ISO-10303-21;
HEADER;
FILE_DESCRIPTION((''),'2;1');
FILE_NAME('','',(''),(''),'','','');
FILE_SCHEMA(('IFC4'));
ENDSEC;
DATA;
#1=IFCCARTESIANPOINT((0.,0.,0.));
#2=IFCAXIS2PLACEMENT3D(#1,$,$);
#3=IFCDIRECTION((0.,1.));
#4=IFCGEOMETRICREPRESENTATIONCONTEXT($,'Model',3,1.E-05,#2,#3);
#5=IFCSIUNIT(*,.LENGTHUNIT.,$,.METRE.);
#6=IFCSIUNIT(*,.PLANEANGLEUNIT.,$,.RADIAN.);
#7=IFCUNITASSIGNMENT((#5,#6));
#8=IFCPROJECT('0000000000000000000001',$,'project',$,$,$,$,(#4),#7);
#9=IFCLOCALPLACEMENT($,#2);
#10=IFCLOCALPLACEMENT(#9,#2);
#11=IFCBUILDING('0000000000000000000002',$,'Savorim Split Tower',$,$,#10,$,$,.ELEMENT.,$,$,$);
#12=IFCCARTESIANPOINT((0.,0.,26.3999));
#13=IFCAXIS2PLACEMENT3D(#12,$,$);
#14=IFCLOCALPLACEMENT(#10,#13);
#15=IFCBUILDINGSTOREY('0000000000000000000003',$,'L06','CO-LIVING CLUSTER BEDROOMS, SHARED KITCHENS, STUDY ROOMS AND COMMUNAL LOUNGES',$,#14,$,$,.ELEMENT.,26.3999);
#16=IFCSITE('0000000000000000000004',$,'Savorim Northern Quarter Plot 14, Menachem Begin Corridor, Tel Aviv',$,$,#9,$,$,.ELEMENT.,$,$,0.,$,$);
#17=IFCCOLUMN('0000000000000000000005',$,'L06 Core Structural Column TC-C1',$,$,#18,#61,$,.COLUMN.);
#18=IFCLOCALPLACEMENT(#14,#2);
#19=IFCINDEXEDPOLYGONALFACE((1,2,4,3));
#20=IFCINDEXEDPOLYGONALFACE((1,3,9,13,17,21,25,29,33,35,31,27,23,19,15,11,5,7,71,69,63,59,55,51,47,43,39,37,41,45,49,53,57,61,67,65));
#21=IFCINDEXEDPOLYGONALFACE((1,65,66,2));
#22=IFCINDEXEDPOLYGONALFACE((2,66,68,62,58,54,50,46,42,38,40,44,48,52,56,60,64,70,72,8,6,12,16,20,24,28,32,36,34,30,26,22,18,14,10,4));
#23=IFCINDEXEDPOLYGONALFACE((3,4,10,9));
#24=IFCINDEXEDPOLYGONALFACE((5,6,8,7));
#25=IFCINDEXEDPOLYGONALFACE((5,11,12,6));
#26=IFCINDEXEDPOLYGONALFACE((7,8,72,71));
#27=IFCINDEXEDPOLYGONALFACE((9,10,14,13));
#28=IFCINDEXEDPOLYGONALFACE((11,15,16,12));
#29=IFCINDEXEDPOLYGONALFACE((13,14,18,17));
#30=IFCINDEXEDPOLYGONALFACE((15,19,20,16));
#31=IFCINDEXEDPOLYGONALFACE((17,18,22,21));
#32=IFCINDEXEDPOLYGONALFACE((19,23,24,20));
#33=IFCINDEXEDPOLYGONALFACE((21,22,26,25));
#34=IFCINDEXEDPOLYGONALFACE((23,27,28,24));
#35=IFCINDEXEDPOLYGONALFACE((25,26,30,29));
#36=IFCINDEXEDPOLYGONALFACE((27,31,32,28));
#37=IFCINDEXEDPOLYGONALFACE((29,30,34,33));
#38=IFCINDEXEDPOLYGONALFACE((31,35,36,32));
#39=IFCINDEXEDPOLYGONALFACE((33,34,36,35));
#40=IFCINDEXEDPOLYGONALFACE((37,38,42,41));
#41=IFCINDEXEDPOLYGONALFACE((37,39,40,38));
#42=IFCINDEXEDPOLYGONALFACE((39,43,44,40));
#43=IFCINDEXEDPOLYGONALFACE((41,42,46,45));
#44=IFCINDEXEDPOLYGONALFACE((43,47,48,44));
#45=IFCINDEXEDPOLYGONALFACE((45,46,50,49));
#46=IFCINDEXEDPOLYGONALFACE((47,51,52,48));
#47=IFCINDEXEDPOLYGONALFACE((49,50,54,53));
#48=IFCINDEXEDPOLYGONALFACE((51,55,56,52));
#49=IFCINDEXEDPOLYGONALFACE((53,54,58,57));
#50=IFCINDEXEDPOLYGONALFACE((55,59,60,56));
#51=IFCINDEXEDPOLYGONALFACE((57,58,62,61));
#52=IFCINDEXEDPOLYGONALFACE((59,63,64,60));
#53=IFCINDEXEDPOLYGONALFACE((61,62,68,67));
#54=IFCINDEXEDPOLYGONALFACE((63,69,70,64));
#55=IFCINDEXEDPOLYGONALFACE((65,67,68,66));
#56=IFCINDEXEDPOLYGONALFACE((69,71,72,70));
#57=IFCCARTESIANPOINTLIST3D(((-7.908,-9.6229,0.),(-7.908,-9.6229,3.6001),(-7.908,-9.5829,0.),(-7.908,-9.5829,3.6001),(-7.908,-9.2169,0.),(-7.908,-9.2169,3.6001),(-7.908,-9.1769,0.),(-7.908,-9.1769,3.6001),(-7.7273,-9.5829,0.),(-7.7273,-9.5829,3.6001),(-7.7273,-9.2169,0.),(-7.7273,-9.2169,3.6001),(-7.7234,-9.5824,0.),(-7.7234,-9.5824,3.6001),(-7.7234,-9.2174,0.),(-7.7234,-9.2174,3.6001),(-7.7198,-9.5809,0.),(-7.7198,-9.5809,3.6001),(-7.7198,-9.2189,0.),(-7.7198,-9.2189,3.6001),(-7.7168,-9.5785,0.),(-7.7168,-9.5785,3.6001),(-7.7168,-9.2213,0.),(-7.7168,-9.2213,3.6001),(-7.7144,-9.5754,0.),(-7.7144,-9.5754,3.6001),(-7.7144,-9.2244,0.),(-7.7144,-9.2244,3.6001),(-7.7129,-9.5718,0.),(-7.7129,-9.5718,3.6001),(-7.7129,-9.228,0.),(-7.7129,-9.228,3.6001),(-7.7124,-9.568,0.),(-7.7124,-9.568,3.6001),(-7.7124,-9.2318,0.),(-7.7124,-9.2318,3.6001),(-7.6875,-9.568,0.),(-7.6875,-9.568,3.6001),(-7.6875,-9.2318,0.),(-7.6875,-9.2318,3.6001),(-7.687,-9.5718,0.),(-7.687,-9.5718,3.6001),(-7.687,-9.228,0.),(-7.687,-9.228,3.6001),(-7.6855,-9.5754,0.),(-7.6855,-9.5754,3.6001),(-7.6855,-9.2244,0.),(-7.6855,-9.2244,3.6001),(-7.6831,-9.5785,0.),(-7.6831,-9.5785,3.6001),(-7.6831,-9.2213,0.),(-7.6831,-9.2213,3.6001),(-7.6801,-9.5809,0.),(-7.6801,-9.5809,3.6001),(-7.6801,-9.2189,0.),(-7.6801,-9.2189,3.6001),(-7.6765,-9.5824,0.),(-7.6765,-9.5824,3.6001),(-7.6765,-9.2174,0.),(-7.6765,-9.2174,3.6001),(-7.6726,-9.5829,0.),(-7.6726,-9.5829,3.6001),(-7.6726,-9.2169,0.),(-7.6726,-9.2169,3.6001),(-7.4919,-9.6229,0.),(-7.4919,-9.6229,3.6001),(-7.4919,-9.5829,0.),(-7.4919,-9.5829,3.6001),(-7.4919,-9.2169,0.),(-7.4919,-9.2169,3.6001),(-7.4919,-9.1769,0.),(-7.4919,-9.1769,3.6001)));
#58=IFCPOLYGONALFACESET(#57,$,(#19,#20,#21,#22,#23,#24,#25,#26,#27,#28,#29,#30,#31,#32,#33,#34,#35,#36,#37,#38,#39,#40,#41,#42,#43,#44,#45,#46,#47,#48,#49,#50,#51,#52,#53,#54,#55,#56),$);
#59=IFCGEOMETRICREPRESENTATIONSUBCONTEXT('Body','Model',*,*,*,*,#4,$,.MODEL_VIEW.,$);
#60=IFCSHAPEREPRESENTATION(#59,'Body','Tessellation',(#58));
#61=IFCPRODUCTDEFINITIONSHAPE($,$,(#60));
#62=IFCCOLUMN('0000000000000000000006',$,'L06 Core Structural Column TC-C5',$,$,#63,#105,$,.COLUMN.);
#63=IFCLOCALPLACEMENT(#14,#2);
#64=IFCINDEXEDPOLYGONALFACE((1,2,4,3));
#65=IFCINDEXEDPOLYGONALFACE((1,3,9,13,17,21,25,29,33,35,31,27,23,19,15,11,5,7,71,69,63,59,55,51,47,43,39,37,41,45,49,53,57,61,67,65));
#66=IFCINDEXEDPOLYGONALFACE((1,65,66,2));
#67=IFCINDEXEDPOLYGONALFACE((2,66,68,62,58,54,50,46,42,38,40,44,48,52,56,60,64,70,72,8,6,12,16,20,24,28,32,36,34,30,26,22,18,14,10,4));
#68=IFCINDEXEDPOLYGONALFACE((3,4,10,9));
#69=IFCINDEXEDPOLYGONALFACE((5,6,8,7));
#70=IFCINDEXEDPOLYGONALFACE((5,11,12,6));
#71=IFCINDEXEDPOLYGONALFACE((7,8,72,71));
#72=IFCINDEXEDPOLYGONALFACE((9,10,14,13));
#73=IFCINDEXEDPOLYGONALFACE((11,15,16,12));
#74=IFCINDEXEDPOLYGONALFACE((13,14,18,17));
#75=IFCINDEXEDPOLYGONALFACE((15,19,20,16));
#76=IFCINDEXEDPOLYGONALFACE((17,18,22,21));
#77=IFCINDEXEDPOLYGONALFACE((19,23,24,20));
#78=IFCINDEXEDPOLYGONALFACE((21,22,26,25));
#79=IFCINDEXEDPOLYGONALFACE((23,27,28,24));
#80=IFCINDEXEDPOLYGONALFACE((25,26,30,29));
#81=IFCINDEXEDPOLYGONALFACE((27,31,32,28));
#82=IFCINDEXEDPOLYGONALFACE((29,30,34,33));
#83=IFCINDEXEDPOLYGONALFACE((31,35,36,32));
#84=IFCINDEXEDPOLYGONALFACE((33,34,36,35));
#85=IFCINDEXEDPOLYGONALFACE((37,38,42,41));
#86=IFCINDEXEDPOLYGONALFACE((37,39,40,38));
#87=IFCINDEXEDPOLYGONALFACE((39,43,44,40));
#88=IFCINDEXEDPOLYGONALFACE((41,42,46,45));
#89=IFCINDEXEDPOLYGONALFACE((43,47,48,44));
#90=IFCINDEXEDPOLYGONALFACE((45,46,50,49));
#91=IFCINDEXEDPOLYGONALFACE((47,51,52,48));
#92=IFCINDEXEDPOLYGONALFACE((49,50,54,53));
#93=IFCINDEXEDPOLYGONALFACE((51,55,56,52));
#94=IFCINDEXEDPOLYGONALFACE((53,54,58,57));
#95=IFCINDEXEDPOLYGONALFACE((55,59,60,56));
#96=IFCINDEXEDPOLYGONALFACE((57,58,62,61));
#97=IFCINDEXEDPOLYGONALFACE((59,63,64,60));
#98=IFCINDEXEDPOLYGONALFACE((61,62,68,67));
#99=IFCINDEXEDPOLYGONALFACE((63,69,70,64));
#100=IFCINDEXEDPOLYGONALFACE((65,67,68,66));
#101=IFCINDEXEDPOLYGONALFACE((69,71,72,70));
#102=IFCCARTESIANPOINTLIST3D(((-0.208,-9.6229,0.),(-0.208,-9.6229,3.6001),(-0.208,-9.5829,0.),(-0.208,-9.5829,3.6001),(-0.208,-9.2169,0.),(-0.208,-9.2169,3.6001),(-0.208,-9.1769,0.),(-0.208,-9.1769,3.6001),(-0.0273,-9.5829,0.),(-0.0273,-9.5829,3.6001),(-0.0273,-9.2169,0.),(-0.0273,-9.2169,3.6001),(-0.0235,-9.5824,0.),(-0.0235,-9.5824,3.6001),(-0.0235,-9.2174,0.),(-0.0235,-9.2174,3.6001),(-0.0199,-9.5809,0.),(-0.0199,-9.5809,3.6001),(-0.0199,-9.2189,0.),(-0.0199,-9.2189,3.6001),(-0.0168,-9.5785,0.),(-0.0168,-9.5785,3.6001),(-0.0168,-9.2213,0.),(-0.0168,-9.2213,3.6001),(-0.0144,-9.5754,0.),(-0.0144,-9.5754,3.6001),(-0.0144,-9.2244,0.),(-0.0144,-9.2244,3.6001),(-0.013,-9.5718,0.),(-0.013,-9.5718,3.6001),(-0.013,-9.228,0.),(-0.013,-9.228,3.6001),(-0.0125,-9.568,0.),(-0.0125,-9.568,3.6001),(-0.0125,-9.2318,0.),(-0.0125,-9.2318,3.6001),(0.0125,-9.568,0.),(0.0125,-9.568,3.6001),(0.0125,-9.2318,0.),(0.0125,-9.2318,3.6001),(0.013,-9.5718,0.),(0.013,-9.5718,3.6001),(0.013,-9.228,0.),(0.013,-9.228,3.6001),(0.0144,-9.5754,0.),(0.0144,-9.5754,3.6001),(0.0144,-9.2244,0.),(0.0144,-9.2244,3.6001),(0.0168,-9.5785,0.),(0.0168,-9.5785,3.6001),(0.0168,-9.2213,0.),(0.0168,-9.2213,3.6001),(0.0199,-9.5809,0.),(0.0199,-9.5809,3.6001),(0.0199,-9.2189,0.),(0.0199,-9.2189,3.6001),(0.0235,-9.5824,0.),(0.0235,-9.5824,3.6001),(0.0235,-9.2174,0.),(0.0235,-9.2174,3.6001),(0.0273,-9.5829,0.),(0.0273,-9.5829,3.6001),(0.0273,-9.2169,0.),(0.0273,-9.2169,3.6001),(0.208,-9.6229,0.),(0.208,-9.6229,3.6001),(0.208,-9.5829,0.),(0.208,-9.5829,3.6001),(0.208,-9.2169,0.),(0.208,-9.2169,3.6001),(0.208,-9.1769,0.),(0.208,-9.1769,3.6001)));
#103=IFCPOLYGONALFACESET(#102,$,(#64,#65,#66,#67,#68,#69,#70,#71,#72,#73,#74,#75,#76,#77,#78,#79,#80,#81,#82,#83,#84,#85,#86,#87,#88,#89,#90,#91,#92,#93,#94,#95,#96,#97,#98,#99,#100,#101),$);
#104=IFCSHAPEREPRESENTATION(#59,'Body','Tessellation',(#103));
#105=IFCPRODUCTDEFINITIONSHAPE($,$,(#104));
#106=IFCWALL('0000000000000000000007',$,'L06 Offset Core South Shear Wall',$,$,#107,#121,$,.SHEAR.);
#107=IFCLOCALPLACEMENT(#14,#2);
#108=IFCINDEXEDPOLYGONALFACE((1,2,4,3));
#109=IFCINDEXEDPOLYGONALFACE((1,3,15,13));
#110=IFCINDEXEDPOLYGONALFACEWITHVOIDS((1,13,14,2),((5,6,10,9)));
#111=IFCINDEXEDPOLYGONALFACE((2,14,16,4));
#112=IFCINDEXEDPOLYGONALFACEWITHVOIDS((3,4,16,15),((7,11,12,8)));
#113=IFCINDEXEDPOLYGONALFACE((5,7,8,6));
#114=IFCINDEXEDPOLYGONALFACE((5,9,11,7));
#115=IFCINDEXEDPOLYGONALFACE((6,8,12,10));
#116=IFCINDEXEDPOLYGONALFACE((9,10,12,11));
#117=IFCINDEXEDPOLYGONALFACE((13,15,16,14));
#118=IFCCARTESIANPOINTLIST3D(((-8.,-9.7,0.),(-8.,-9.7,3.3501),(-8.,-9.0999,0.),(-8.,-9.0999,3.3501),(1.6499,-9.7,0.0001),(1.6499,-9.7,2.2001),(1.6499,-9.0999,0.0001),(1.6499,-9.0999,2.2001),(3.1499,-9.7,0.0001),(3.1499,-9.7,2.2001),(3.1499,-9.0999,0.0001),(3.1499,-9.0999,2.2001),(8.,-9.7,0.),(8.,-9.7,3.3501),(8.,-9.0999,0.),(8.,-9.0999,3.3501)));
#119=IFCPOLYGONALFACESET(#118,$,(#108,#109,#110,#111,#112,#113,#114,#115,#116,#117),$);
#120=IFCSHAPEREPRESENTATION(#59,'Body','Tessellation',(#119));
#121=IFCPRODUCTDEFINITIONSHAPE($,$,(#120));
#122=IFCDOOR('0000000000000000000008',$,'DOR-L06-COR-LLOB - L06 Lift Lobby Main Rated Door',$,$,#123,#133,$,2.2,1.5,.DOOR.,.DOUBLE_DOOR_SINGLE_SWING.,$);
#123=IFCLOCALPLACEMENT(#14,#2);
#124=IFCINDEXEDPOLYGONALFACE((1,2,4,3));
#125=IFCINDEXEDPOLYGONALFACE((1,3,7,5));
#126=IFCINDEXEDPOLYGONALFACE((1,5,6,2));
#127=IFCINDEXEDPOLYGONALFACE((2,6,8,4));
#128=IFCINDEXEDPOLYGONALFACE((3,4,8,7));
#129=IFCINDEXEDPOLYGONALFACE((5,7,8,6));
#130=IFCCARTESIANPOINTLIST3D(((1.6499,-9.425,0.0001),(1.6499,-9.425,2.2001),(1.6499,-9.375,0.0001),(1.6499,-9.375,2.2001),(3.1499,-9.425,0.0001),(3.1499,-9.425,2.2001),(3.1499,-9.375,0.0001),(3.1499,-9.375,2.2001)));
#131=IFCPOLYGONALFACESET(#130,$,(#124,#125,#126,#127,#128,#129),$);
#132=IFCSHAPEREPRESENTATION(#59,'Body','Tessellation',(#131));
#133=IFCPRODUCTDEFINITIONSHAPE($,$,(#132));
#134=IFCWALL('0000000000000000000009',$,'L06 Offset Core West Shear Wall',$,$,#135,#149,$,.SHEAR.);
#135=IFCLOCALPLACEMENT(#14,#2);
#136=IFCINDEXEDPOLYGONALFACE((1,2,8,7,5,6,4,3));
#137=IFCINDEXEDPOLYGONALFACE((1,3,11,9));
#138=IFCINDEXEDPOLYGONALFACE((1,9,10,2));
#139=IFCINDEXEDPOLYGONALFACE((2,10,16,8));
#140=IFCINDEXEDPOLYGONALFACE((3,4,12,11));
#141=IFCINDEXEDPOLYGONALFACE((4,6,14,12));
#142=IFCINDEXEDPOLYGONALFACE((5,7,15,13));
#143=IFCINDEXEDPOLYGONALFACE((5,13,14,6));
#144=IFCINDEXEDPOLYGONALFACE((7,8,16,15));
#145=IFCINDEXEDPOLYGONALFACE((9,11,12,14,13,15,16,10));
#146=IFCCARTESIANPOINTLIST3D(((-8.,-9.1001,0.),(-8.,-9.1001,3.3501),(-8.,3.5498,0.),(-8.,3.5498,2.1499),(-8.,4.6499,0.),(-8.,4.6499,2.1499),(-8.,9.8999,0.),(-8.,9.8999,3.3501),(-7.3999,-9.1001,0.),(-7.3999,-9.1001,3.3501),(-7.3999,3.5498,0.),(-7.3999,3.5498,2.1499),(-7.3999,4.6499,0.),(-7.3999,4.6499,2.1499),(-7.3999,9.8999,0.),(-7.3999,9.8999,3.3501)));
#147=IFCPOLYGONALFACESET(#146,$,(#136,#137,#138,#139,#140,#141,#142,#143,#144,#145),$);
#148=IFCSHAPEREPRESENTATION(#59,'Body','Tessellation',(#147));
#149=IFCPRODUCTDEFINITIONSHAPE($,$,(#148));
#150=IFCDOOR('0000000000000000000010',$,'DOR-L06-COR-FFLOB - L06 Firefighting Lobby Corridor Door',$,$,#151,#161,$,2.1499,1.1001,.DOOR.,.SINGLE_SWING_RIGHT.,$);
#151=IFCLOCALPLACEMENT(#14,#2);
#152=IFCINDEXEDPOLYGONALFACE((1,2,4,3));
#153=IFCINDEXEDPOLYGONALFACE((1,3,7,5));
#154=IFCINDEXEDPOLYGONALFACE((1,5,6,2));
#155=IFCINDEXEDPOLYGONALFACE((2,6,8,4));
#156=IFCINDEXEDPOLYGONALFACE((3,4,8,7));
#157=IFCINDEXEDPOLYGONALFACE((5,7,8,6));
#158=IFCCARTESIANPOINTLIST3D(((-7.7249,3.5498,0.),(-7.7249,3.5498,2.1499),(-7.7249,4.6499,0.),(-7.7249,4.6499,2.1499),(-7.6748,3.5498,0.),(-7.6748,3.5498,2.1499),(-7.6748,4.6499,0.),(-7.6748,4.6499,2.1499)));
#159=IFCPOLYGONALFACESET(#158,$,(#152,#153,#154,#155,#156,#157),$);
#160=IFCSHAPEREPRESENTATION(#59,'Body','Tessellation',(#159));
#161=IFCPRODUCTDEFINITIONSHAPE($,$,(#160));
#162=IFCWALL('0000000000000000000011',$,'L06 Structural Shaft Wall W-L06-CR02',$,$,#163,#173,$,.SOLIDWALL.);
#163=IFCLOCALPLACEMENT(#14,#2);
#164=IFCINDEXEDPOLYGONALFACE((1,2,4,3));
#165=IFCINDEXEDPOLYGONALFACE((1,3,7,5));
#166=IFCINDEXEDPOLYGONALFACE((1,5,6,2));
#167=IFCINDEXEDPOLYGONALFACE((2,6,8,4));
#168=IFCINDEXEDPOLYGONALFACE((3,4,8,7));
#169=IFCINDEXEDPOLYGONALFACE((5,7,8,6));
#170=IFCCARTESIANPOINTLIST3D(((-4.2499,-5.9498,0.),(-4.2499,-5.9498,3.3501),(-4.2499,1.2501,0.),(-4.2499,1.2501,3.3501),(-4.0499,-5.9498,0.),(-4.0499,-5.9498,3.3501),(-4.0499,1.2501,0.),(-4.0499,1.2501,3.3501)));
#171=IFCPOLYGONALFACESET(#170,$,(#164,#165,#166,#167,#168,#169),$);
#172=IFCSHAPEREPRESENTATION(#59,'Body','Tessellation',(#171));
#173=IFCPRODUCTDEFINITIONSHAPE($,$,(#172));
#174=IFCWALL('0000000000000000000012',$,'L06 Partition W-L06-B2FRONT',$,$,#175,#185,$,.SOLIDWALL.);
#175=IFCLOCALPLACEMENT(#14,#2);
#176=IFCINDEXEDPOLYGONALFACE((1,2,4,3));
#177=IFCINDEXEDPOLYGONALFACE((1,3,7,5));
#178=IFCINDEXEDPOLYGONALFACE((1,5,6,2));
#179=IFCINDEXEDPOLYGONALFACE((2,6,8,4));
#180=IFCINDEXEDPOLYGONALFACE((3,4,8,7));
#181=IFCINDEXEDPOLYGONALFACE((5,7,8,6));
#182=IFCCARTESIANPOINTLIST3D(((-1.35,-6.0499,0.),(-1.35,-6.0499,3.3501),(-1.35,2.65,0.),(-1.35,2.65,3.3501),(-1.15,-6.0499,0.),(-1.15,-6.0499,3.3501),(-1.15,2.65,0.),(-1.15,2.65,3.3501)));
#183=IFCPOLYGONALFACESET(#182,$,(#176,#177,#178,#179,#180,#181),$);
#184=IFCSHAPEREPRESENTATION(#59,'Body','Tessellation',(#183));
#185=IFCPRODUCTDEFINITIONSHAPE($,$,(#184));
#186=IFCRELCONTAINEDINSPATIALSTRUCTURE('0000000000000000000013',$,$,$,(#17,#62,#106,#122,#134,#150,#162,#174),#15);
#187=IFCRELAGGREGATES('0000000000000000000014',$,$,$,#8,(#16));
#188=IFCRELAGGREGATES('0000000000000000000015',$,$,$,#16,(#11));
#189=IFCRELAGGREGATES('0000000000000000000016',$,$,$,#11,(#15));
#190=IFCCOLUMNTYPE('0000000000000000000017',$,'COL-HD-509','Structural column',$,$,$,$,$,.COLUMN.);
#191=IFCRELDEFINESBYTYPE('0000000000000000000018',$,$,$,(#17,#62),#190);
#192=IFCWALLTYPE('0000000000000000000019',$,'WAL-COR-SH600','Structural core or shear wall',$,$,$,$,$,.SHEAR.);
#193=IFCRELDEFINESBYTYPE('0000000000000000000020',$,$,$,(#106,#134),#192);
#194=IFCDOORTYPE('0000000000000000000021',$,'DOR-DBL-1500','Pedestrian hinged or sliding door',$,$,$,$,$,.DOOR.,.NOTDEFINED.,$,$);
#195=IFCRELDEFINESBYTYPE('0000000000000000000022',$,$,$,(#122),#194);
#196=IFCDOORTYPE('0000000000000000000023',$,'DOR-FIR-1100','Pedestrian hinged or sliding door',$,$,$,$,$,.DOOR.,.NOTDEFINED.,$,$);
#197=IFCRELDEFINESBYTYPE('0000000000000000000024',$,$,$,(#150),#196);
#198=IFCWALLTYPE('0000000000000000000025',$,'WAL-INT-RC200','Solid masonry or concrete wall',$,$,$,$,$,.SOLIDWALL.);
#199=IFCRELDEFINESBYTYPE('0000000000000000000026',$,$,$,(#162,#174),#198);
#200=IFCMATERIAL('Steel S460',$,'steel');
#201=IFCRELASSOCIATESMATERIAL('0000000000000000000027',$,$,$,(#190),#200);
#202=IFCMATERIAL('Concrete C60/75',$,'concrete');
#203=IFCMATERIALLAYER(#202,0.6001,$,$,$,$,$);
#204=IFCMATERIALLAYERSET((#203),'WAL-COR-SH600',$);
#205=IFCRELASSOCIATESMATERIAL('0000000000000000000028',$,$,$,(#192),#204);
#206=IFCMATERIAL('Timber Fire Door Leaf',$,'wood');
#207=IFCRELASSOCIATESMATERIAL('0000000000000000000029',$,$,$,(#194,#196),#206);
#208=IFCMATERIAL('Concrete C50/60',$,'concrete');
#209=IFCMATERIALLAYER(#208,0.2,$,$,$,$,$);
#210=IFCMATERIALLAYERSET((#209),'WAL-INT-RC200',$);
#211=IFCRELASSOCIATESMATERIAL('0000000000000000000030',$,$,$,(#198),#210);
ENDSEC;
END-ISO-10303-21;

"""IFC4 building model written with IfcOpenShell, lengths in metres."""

from ifc_helpers import new_model, si_unit, direction, frame, frame_2d, origin, origin_2d, place, context, subcontext, project, spatial, rectangle, i_section, extrude, material, layer, layer_set, material_profile, profile_set, type_object, element, fill, save


model = new_model("IFC4")

# Units and contexts
model_context = context("Model", 3, precision=1e-05, world=origin(), true_north=direction((0.0, 1.0)))
body_context = subcontext(model_context, "Body", "Model", "MODEL_VIEW")
ifc_project = project(units=[si_unit("LENGTHUNIT", "METRE"), si_unit("PLANEANGLEUNIT", "RADIAN")], contexts=[model_context])

# Site, building, storey
site_placement = place(None, origin())
site = spatial("IfcSite", under=ifc_project, at=site_placement, Name="Savorim Northern Quarter Plot 14, Menachem Begin Corridor, Tel Aviv", CompositionType="ELEMENT", RefElevation=0.0)
building_placement = place(site_placement, origin())
building = spatial("IfcBuilding", under=site, at=building_placement, Name="Savorim Split Tower", CompositionType="ELEMENT")
storey_placement = place(building_placement, frame((0.0, 0.0, 26.3999)))
storey = spatial("IfcBuildingStorey", under=building, at=storey_placement, Name="L06", Description="CO-LIVING CLUSTER BEDROOMS, SHARED KITCHENS, STUDY ROOMS AND COMMUNAL LOUNGES", CompositionType="ELEMENT", Elevation=26.3999)

# Columns
ifc_material_1 = material(Name="Steel S460", Category="steel")
ifc_material_profile = material_profile(ifc_material_1, i_section(OverallWidth=0.416, OverallDepth=0.446, WebThickness=0.0249, FlangeThickness=0.04, FilletRadius=0.0149, at=origin_2d()), Name="HD 400x509")
ifc_profile_set = profile_set([ifc_material_profile], Name="Steel S460")
column_type = type_object("IfcColumnType", Name="COL-HD-509", Description="Structural column", PredefinedType="COLUMN", material=ifc_profile_set)
for number, where, z_axis, x_axis, name in (
    (1, (-7.7, -9.3999, 0.0), (0.0, 0.0, 1.0), (1.0, 0.0, 0.0), "L06 Core Structural Column TC-C1"),
    (2, (0.0, -9.3999, 0.0), (0.0, 0.0, 1.0), (1.0, 0.0, 0.0), "L06 Core Structural Column TC-C5"),
):
    element("IfcColumn", number, at=place(storey_placement, frame(where, z_axis=z_axis, x_axis=x_axis)), inside=storey, type_object=column_type, Name=name, PredefinedType="COLUMN", context=body_context, shape_type="SweptSolid", body=[
        extrude(i_section(OverallWidth=0.416, OverallDepth=0.446, WebThickness=0.0249, FlangeThickness=0.04, FilletRadius=0.0149, at=origin_2d()), origin(), (0.0, 0.0, 1.0), 3.6001),
    ])

# Walls, openings, doors
ifc_material_2 = material(Name="Concrete C60/75", Category="concrete")
ifc_layer_1 = layer(ifc_material_2, 0.6001)
ifc_layer_set_1 = layer_set([ifc_layer_1], Name="WAL-COR-SH600")
wall_type_1 = type_object("IfcWallType", Name="WAL-COR-SH600", Description="Structural core or shear wall", PredefinedType="SHEAR", material=ifc_layer_set_1)
wall_1_placement = place(storey_placement, frame((-8.0, -9.3999, 0.0), z_axis=(0.0, 0.0, 1.0), x_axis=(1.0, 0.0, 0.0)))
wall_1 = element("IfcWall", 3, at=wall_1_placement, inside=storey, type_object=wall_type_1, Name="L06 Offset Core South Shear Wall", PredefinedType="SHEAR", context=body_context, shape_type="SweptSolid", body=[
    extrude(rectangle(XDim=16.0, YDim=0.6001, at=frame_2d((8.0, 0.0))), origin(), (0.0, 0.0, 1.0), 3.3501),
])
opening_1_placement = place(wall_1_placement, frame((9.6499, 0.0, 0.0)))
opening_1 = element("IfcOpeningElement", 4, at=opening_1_placement, cuts=wall_1, PredefinedType="OPENING", context=body_context, shape_type="SweptSolid", body=[
    extrude(rectangle(XDim=1.5, YDim=2.2, at=frame_2d((0.75, 1.1001))), frame((0.0, 0.3101, 0.0), z_axis=(0.0, -1.0, 0.0), x_axis=(1.0, 0.0, 0.0)), (0.0, 0.0, 1.0), 0.6201),
])
ifc_material_3 = material(Name="Timber Fire Door Leaf", Category="wood")
door_type_1 = type_object("IfcDoorType", Name="DOR-DBL-1500", Description="Pedestrian hinged or sliding door", OperationType="NOTDEFINED", PredefinedType="DOOR", material=ifc_material_3)
door_1_placement = place(opening_1_placement, origin())
door_1 = element("IfcDoor", 5, at=door_1_placement, inside=storey, type_object=door_type_1, Name="DOR-L06-COR-LLOB - L06 Lift Lobby Main Rated Door", OperationType="DOUBLE_DOOR_SINGLE_SWING", OverallHeight=2.2, OverallWidth=1.5, PredefinedType="DOOR", context=body_context, shape_type="SweptSolid", body=[
    extrude(rectangle(XDim=1.5, YDim=2.2, at=frame_2d((0.75, 1.1001))), frame((0.0, 0.0249, 0.0), z_axis=(0.0, -1.0, 0.0), x_axis=(1.0, 0.0, 0.0)), (0.0, 0.0, 1.0), 0.05),
])
fill(opening_1, door_1)
wall_2_placement = place(storey_placement, frame((-7.7, -9.1001, 0.0), z_axis=(0.0, 0.0, 1.0), x_axis=(0.0, 1.0, 0.0)))
wall_2 = element("IfcWall", 6, at=wall_2_placement, inside=storey, type_object=wall_type_1, Name="L06 Offset Core West Shear Wall", PredefinedType="SHEAR", context=body_context, shape_type="SweptSolid", body=[
    extrude(rectangle(XDim=19.0, YDim=0.6001, at=frame_2d((9.5, 0.0))), origin(), (0.0, 0.0, 1.0), 3.3501),
])
opening_2_placement = place(wall_2_placement, frame((12.6499, 0.0, 0.0)))
opening_2 = element("IfcOpeningElement", 7, at=opening_2_placement, cuts=wall_2, PredefinedType="OPENING", context=body_context, shape_type="SweptSolid", body=[
    extrude(rectangle(XDim=1.1001, YDim=2.1499, at=frame_2d((0.55, 1.075))), frame((0.0, 0.3101, 0.0), z_axis=(0.0, -1.0, 0.0), x_axis=(1.0, 0.0, 0.0)), (0.0, 0.0, 1.0), 0.6201),
])
door_type_2 = type_object("IfcDoorType", Name="DOR-FIR-1100", Description="Pedestrian hinged or sliding door", OperationType="NOTDEFINED", PredefinedType="DOOR", material=ifc_material_3)
door_2_placement = place(opening_2_placement, origin())
door_2 = element("IfcDoor", 8, at=door_2_placement, inside=storey, type_object=door_type_2, Name="DOR-L06-COR-FFLOB - L06 Firefighting Lobby Corridor Door", OperationType="SINGLE_SWING_RIGHT", OverallHeight=2.1499, OverallWidth=1.1001, PredefinedType="DOOR", context=body_context, shape_type="SweptSolid", body=[
    extrude(rectangle(XDim=1.1001, YDim=2.1499, at=frame_2d((0.55, 1.075))), frame((0.0, 0.0249, 0.0), z_axis=(0.0, -1.0, 0.0), x_axis=(1.0, 0.0, 0.0)), (0.0, 0.0, 1.0), 0.05),
])
fill(opening_2, door_2)

# Walls
ifc_material_4 = material(Name="Concrete C50/60", Category="concrete")
ifc_layer_2 = layer(ifc_material_4, 0.2)
ifc_layer_set_2 = layer_set([ifc_layer_2], Name="WAL-INT-RC200")
wall_type_2 = type_object("IfcWallType", Name="WAL-INT-RC200", Description="Solid masonry or concrete wall", PredefinedType="SOLIDWALL", material=ifc_layer_set_2)
wall_3_placement = place(storey_placement, frame((-4.1499, -5.95, 0.0), z_axis=(0.0, 0.0, 1.0), x_axis=(0.0, 1.0, 0.0)))
element("IfcWall", 9, at=wall_3_placement, inside=storey, type_object=wall_type_2, Name="L06 Structural Shaft Wall W-L06-CR02", PredefinedType="SOLIDWALL", context=body_context, shape_type="SweptSolid", body=[
    extrude(rectangle(XDim=7.2, YDim=0.2, at=frame_2d((3.6001, 0.0))), origin(), (0.0, 0.0, 1.0), 3.3501),
])
wall_4_placement = place(storey_placement, frame((-1.25, -6.05, 0.0), z_axis=(0.0, 0.0, 1.0), x_axis=(0.0, 1.0, 0.0)))
element("IfcWall", 10, at=wall_4_placement, inside=storey, type_object=wall_type_2, Name="L06 Partition W-L06-B2FRONT", PredefinedType="SOLIDWALL", context=body_context, shape_type="SweptSolid", body=[
    extrude(rectangle(XDim=8.7, YDim=0.2, at=frame_2d((4.3501, 0.0))), origin(), (0.0, 0.0, 1.0), 3.3501),
])

save(model, "model.ifc")
